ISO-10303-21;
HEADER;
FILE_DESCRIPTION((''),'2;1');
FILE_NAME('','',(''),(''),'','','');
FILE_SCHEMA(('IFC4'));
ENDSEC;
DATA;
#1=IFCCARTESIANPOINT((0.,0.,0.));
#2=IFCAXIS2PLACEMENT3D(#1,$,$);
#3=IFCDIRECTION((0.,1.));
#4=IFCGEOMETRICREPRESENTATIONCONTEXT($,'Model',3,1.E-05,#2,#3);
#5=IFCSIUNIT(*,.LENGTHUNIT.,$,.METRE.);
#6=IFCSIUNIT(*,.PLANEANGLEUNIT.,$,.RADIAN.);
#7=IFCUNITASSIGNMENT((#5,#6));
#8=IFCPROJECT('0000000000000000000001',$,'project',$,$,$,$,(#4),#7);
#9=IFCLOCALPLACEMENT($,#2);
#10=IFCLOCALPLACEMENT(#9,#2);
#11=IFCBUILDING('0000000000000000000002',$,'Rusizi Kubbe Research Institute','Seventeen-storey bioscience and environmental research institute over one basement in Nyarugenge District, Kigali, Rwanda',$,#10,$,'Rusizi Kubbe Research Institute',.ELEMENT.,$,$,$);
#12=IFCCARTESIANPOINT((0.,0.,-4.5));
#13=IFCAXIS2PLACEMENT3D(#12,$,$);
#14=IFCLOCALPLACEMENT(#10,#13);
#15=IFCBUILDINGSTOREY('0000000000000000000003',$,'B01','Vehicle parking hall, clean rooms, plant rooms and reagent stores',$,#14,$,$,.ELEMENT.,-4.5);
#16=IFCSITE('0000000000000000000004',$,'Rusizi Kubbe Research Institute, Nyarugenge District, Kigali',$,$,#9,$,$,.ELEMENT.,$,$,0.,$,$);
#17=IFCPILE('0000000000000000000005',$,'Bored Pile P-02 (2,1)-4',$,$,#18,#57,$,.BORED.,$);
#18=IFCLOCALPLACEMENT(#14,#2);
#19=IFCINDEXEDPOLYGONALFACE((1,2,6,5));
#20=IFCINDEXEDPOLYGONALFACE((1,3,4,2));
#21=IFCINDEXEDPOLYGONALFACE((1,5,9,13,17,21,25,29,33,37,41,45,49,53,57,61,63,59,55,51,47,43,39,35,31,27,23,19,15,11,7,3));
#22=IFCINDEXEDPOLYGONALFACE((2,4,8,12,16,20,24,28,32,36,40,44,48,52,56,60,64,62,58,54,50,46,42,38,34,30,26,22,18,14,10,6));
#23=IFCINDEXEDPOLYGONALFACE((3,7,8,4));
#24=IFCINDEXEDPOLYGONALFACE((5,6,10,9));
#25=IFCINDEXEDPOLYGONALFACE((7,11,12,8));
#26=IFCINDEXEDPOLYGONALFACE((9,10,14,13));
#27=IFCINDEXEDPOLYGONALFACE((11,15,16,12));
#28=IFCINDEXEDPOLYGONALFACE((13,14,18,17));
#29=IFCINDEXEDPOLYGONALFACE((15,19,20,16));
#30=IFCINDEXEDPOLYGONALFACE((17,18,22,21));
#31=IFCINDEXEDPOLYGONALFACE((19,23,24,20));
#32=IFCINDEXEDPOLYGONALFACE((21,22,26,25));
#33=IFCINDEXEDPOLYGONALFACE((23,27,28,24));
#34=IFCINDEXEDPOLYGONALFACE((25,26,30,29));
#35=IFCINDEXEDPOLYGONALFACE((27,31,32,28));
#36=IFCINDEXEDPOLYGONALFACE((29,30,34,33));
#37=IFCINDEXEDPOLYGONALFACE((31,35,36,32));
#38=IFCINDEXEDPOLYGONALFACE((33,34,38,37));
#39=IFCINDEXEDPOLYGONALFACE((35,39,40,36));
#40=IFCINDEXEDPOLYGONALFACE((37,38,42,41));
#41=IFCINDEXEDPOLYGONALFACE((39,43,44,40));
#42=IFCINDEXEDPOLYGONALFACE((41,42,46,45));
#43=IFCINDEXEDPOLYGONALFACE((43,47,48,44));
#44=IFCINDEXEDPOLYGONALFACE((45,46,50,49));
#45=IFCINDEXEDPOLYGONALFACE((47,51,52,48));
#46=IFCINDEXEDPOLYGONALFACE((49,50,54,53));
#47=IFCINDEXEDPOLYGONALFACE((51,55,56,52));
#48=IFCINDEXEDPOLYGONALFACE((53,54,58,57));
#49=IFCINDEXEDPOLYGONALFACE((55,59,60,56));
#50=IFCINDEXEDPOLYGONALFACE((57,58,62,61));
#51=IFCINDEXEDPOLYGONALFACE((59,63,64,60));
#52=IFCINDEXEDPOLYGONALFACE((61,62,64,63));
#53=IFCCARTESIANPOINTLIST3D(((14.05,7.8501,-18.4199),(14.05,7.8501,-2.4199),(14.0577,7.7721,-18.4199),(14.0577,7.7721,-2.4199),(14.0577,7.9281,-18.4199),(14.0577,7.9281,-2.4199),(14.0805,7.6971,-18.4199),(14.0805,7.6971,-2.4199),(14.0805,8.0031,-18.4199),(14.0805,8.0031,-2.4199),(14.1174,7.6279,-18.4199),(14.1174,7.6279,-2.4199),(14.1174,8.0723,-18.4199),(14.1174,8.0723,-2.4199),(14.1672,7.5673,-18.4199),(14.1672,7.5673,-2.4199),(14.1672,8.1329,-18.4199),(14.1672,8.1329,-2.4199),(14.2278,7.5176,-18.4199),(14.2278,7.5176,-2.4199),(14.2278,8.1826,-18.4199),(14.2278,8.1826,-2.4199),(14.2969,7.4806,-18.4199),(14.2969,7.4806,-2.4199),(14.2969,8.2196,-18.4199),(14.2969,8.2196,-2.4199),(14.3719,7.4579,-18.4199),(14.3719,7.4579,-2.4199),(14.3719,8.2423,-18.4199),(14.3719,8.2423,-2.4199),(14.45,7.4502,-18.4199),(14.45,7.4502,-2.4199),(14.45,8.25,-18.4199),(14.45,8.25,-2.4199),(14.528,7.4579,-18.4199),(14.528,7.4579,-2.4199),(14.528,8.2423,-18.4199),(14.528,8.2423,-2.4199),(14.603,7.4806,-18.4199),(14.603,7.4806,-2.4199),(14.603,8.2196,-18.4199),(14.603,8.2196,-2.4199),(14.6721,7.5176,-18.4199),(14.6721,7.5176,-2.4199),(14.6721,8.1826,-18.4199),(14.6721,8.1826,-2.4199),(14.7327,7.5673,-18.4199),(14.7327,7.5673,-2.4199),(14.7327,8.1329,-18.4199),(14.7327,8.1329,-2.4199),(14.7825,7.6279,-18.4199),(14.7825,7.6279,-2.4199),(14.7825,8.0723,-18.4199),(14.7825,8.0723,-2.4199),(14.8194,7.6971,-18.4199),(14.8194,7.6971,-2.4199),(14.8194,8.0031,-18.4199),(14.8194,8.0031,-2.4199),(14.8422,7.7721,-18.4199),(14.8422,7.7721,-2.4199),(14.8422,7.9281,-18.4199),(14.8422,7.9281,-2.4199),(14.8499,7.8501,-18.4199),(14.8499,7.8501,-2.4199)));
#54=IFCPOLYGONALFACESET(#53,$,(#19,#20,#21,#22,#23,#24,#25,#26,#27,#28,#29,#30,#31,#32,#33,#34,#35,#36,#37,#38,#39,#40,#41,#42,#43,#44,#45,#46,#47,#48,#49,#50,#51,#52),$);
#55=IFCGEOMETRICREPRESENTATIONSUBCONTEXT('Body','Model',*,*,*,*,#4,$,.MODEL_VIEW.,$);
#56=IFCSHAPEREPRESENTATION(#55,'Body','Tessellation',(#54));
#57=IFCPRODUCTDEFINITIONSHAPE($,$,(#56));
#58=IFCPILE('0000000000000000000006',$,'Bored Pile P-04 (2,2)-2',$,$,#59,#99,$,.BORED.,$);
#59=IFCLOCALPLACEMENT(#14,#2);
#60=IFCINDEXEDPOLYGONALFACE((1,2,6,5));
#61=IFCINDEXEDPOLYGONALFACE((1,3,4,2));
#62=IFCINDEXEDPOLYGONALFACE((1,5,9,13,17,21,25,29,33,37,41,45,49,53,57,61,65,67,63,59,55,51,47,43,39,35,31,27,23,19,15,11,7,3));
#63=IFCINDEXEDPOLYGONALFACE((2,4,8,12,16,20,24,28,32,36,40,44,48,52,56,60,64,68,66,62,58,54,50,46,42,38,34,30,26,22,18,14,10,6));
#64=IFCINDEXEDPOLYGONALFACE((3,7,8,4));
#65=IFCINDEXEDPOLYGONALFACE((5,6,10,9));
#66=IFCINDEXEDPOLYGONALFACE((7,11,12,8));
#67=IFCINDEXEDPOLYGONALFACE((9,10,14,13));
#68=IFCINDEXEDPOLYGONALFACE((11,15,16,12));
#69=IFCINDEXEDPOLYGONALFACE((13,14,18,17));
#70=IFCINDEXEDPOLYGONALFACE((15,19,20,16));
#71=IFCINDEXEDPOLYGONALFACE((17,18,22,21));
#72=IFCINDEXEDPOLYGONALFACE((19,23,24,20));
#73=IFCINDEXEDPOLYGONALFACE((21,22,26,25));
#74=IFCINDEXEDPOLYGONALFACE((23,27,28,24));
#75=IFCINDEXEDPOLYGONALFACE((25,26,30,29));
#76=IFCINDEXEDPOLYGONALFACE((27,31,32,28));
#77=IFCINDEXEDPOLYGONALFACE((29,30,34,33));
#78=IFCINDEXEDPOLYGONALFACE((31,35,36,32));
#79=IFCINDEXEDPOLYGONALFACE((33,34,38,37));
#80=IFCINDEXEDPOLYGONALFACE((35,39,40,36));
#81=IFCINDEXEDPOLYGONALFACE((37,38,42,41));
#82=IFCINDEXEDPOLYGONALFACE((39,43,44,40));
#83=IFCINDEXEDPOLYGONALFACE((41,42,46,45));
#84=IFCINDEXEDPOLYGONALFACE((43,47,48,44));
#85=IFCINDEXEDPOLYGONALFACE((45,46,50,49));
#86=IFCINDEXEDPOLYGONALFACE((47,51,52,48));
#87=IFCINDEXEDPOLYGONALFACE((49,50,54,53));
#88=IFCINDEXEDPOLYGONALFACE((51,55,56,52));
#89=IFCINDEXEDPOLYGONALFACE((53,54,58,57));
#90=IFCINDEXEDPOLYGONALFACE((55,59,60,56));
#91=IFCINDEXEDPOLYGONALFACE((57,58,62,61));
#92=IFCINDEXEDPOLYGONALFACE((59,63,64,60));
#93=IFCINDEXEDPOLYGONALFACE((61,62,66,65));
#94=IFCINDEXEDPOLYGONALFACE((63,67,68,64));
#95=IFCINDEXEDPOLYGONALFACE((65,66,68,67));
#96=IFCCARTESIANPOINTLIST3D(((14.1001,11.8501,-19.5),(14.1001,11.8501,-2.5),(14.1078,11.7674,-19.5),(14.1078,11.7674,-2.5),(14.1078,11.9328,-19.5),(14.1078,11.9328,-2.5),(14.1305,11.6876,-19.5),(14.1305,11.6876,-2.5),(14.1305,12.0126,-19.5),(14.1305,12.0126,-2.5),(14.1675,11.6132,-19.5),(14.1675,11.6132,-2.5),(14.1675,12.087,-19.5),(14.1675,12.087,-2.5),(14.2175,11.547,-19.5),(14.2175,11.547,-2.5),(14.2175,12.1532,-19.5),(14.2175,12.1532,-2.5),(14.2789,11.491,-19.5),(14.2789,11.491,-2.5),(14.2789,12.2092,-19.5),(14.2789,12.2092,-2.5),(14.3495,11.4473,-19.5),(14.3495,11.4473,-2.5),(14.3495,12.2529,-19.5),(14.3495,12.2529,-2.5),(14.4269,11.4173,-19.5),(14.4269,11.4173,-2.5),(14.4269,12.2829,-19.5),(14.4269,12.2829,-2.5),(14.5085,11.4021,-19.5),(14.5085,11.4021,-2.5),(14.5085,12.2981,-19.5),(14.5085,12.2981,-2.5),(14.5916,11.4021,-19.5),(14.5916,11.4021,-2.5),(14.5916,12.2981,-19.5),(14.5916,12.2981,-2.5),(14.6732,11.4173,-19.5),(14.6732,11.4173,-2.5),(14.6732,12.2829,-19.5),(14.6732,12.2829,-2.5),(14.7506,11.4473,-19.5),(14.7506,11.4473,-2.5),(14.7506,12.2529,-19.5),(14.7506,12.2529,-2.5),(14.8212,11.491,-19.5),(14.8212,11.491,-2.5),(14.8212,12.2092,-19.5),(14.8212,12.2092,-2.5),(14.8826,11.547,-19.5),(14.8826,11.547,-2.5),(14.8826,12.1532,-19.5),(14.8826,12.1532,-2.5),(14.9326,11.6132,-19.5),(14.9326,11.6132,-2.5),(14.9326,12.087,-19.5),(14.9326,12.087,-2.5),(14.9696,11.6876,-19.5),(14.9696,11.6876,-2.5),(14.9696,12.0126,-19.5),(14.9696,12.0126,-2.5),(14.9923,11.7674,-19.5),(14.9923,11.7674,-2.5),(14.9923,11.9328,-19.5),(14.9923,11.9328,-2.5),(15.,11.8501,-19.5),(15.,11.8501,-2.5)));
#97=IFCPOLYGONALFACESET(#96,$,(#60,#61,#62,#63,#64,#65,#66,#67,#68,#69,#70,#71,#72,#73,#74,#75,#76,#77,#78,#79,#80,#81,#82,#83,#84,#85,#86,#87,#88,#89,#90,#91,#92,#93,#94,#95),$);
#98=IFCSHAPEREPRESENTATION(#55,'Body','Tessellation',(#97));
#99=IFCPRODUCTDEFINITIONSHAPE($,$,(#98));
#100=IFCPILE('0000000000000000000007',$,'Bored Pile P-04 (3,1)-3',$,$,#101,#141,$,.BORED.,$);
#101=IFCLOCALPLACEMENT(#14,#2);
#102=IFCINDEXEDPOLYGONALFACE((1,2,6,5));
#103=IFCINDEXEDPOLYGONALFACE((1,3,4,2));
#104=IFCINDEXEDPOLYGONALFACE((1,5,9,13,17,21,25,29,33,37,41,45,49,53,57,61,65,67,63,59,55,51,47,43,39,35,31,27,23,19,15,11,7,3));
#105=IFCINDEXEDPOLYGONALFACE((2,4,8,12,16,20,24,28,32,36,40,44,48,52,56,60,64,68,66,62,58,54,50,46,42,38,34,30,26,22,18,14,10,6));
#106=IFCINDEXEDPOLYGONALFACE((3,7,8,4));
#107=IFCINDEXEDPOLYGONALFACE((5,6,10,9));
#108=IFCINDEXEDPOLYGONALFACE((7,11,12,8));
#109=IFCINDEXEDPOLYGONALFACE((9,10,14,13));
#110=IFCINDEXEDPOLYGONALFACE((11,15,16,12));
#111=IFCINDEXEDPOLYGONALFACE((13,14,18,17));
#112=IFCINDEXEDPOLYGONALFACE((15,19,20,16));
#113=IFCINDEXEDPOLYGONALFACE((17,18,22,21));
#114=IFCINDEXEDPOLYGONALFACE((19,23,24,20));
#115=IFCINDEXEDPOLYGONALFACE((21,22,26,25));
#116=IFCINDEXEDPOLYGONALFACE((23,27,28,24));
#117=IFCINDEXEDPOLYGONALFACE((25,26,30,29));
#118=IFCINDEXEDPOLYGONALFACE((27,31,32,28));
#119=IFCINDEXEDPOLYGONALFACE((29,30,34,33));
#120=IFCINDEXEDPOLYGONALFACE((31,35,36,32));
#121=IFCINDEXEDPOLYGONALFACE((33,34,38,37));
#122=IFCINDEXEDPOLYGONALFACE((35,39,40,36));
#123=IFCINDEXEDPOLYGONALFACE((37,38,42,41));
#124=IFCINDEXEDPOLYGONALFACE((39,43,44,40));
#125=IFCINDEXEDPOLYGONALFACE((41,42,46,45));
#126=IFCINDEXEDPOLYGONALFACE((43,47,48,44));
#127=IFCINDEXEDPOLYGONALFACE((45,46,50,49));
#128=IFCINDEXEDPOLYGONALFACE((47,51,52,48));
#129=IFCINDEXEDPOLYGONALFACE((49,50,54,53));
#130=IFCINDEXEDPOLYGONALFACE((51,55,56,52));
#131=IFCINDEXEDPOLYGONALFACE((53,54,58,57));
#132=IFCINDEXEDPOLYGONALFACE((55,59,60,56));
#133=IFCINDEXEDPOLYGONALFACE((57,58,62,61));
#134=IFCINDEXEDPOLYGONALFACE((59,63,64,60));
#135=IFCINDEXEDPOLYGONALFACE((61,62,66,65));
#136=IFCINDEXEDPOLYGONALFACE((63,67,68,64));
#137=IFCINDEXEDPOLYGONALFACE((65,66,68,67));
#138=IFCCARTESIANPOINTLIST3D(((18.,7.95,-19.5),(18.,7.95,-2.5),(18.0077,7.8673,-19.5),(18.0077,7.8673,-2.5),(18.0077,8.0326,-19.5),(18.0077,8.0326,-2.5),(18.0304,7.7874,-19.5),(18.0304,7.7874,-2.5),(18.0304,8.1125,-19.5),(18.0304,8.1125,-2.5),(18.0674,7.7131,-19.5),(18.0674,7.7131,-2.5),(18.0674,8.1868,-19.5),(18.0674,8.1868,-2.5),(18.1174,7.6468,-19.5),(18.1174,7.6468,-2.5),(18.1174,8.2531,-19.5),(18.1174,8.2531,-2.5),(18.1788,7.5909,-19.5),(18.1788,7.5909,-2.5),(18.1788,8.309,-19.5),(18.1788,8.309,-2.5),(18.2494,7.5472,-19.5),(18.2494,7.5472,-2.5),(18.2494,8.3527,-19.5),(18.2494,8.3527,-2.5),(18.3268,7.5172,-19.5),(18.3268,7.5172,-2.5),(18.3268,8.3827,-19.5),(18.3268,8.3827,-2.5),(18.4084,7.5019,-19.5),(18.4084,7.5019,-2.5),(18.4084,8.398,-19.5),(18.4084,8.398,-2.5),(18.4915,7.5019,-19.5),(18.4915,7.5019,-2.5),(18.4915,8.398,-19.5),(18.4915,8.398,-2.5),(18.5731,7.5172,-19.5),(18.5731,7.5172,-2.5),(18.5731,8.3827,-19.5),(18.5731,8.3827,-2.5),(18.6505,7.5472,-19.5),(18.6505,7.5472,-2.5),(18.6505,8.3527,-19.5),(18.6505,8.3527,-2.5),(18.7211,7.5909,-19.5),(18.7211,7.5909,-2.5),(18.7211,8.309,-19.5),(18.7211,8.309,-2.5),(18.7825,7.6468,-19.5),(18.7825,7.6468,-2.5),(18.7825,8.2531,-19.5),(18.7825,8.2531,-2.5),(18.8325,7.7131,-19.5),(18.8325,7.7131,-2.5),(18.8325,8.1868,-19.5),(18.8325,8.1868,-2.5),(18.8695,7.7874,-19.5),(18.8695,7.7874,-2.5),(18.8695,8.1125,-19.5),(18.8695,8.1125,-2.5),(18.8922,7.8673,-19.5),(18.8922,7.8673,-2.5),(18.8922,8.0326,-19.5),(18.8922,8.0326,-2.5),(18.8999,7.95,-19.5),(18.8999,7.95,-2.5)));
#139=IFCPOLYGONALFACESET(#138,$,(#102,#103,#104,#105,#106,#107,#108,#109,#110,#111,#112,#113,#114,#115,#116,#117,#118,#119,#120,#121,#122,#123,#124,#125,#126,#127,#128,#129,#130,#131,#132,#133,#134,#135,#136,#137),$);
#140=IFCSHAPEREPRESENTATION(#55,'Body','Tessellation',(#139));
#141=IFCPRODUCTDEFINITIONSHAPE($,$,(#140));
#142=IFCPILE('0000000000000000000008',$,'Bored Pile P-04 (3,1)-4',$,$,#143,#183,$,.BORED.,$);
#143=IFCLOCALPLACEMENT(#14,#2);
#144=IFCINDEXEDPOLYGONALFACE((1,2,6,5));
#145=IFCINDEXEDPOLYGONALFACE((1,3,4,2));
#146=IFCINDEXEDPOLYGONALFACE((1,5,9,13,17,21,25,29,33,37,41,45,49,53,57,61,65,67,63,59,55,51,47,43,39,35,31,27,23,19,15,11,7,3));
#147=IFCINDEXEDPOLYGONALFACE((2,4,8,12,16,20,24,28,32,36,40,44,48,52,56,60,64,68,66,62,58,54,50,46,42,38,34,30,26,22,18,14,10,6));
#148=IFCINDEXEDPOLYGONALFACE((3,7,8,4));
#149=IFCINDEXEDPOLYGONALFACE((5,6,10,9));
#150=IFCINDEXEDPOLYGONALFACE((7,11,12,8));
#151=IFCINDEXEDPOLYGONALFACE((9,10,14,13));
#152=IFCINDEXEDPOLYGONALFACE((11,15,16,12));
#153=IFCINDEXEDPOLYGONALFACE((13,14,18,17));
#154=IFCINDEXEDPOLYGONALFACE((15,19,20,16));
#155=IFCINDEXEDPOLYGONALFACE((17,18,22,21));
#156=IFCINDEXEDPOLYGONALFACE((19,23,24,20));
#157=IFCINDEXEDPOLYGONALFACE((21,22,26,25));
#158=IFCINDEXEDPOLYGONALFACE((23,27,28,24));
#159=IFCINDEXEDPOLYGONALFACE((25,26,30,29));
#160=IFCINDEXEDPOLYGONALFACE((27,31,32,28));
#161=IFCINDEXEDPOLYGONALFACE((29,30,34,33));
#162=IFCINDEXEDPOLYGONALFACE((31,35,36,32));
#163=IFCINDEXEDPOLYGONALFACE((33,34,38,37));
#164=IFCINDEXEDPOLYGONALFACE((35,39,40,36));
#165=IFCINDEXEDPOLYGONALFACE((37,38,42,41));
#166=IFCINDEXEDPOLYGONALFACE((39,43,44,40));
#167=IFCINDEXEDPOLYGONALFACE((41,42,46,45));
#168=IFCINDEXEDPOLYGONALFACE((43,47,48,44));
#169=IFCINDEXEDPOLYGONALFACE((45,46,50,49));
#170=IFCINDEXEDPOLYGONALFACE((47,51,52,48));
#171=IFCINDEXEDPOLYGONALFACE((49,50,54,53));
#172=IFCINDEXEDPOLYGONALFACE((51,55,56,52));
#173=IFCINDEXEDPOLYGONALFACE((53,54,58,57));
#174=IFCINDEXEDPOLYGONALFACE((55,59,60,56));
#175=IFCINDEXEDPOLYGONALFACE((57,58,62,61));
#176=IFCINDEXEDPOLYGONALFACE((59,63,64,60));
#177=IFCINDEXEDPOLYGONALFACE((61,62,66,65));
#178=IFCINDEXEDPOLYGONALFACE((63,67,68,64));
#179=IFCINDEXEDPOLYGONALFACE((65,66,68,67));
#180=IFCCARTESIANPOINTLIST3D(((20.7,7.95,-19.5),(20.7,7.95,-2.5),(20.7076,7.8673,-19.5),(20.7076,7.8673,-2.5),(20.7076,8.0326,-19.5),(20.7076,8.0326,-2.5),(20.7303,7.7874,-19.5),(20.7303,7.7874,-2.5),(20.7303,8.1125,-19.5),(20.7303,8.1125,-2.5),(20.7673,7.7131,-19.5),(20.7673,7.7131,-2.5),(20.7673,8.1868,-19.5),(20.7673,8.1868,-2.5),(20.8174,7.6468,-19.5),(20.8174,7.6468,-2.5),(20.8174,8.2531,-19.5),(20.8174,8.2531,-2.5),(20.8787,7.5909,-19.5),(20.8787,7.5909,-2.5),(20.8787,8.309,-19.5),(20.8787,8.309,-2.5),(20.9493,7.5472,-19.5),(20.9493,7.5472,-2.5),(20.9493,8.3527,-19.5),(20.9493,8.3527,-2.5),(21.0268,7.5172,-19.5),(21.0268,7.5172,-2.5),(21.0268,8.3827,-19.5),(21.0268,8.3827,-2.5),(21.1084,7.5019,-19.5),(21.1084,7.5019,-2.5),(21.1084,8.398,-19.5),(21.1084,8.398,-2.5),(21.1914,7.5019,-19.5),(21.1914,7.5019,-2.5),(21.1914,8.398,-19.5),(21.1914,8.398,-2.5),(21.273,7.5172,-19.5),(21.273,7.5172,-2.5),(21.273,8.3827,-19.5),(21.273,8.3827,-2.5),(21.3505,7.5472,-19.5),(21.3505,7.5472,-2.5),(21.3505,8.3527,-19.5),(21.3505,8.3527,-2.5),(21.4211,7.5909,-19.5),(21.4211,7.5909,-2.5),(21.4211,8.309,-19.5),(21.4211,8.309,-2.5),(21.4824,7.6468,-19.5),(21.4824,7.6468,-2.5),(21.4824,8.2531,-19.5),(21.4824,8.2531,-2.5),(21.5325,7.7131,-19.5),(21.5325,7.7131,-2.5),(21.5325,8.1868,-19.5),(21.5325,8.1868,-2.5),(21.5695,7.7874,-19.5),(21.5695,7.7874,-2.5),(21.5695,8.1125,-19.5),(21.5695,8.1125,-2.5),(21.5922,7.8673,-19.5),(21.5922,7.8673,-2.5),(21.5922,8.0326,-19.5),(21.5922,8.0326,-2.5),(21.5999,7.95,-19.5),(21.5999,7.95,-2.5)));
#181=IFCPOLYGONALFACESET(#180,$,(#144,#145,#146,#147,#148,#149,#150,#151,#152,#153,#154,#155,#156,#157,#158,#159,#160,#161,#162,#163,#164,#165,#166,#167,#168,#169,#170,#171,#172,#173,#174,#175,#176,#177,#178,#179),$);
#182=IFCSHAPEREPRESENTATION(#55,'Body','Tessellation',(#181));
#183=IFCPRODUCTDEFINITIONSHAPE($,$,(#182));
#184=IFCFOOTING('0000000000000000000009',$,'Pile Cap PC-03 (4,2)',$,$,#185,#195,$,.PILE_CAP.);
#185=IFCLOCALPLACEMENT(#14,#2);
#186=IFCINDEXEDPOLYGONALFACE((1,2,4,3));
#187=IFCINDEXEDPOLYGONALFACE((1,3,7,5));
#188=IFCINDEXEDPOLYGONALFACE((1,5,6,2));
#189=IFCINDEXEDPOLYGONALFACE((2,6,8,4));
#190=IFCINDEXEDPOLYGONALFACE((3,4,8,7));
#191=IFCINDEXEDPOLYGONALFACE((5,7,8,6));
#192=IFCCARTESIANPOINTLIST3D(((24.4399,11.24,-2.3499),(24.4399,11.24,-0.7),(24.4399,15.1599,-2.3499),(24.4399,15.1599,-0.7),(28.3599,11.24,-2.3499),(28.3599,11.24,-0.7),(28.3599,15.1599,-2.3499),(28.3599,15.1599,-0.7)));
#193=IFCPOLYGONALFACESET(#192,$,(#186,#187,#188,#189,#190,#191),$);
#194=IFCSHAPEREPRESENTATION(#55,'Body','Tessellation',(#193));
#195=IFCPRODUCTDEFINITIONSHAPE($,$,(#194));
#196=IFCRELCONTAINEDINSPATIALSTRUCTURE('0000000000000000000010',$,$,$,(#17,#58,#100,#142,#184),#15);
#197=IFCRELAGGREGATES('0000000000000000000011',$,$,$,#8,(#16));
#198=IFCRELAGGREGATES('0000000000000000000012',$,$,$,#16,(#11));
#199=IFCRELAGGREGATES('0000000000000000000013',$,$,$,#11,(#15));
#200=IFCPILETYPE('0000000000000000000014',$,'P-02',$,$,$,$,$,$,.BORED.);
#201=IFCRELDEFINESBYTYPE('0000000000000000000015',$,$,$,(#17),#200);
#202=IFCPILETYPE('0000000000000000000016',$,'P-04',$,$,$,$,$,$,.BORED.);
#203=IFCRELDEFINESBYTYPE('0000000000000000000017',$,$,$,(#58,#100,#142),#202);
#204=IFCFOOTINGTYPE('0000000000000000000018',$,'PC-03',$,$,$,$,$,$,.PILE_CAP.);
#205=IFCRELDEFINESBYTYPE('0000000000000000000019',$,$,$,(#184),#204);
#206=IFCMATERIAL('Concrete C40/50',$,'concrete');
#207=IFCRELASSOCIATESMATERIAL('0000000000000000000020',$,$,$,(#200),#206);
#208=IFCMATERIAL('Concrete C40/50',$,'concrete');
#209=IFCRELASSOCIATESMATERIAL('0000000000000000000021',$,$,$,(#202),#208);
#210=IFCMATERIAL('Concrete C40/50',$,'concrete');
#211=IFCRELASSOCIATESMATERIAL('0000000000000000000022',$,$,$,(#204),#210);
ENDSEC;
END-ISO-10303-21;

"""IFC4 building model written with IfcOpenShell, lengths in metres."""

from ifc_helpers import new_model, si_unit, direction, frame, origin, origin_2d, place, context, subcontext, project, spatial, rectangle, circle, extrude, material, material_profile, profile_set, type_object, element, save


model = new_model("IFC4")

# Units and contexts
model_context = context("Model", 3, precision=1e-05, world=origin(), true_north=direction((0.0, 1.0)))
body_context = subcontext(model_context, "Body", "Model", "MODEL_VIEW")
ifc_project = project(units=[si_unit("LENGTHUNIT", "METRE"), si_unit("PLANEANGLEUNIT", "RADIAN")], contexts=[model_context])

# Site, building, storey
site_placement = place(None, origin())
site = spatial("IfcSite", under=ifc_project, at=site_placement, Name="Rusizi Kubbe Research Institute, Nyarugenge District, Kigali", CompositionType="ELEMENT", RefElevation=0.0)
building_placement = place(site_placement, origin())
building = spatial("IfcBuilding", under=site, at=building_placement, Name="Rusizi Kubbe Research Institute", Description="Seventeen-storey bioscience and environmental research institute over one basement in Nyarugenge District, Kigali, Rwanda", LongName="Rusizi Kubbe Research Institute", CompositionType="ELEMENT")
storey_placement = place(building_placement, frame((0.0, 0.0, -4.5)))
storey = spatial("IfcBuildingStorey", under=building, at=storey_placement, Name="B01", Description="Vehicle parking hall, clean rooms, plant rooms and reagent stores", CompositionType="ELEMENT", Elevation=-4.5)

# Piles
ifc_material_1 = material(Name="Concrete C40/50", Category="concrete")
ifc_material_profile_1 = material_profile(ifc_material_1, circle(Radius=0.3999, at=origin_2d()), Name="PILE-D800")
ifc_profile_set_1 = profile_set([ifc_material_profile_1], Name="Concrete C40/50")
pile_type_1 = type_object("IfcPileType", Name="P-02", PredefinedType="BORED", material=ifc_profile_set_1)
pile_placement = place(storey_placement, frame((14.45, 7.8501, -2.4199), z_axis=(0.0, 0.0, -1.0), x_axis=(1.0, 0.0, 0.0)))
element("IfcPile", 1, at=pile_placement, inside=storey, type_object=pile_type_1, Name="Bored Pile P-02 (2,1)-4", PredefinedType="BORED", context=body_context, shape_type="SweptSolid", body=[
    extrude(circle(Radius=0.3999, at=origin_2d()), origin(), (0.0, 0.0, 1.0), 16.0),
])
ifc_material_2 = material(Name="Concrete C40/50", Category="concrete")
ifc_material_profile_2 = material_profile(ifc_material_2, circle(Radius=0.45, at=origin_2d()), Name="PILE-D900")
ifc_profile_set_2 = profile_set([ifc_material_profile_2], Name="Concrete C40/50")
pile_type_2 = type_object("IfcPileType", Name="P-04", PredefinedType="BORED", material=ifc_profile_set_2)
for number, where, z_axis, x_axis, name in (
    (2, (14.55, 11.8501, -2.5), (0.0, 0.0, -1.0), (1.0, 0.0, 0.0), "Bored Pile P-04 (2,2)-2"),
    (3, (18.45, 7.95, -2.5), (0.0, 0.0, -1.0), (1.0, 0.0, 0.0), "Bored Pile P-04 (3,1)-3"),
    (4, (21.1499, 7.95, -2.5), (0.0, 0.0, -1.0), (1.0, 0.0, 0.0), "Bored Pile P-04 (3,1)-4"),
):
    element("IfcPile", number, at=place(storey_placement, frame(where, z_axis=z_axis, x_axis=x_axis)), inside=storey, type_object=pile_type_2, Name=name, PredefinedType="BORED", context=body_context, shape_type="SweptSolid", body=[
        extrude(circle(Radius=0.45, at=origin_2d()), origin(), (0.0, 0.0, 1.0), 17.0),
    ])

# Footing
ifc_material_3 = material(Name="Concrete C40/50", Category="concrete")
footing_type_1 = type_object("IfcFootingType", Name="PC-03", PredefinedType="PILE_CAP", material=ifc_material_3)
footing_placement = place(storey_placement, frame((26.3999, 13.2, -2.3499), z_axis=(0.0, 0.0, 1.0), x_axis=(1.0, 0.0, 0.0)))
element("IfcFooting", 5, at=footing_placement, inside=storey, type_object=footing_type_1, Name="Pile Cap PC-03 (4,2)", PredefinedType="PILE_CAP", context=body_context, shape_type="SweptSolid", body=[
    extrude(rectangle(XDim=3.9199, YDim=3.9199, at=origin_2d()), origin(), (0.0, 0.0, 1.0), 1.6499),
])

save(model, "model.ifc")
